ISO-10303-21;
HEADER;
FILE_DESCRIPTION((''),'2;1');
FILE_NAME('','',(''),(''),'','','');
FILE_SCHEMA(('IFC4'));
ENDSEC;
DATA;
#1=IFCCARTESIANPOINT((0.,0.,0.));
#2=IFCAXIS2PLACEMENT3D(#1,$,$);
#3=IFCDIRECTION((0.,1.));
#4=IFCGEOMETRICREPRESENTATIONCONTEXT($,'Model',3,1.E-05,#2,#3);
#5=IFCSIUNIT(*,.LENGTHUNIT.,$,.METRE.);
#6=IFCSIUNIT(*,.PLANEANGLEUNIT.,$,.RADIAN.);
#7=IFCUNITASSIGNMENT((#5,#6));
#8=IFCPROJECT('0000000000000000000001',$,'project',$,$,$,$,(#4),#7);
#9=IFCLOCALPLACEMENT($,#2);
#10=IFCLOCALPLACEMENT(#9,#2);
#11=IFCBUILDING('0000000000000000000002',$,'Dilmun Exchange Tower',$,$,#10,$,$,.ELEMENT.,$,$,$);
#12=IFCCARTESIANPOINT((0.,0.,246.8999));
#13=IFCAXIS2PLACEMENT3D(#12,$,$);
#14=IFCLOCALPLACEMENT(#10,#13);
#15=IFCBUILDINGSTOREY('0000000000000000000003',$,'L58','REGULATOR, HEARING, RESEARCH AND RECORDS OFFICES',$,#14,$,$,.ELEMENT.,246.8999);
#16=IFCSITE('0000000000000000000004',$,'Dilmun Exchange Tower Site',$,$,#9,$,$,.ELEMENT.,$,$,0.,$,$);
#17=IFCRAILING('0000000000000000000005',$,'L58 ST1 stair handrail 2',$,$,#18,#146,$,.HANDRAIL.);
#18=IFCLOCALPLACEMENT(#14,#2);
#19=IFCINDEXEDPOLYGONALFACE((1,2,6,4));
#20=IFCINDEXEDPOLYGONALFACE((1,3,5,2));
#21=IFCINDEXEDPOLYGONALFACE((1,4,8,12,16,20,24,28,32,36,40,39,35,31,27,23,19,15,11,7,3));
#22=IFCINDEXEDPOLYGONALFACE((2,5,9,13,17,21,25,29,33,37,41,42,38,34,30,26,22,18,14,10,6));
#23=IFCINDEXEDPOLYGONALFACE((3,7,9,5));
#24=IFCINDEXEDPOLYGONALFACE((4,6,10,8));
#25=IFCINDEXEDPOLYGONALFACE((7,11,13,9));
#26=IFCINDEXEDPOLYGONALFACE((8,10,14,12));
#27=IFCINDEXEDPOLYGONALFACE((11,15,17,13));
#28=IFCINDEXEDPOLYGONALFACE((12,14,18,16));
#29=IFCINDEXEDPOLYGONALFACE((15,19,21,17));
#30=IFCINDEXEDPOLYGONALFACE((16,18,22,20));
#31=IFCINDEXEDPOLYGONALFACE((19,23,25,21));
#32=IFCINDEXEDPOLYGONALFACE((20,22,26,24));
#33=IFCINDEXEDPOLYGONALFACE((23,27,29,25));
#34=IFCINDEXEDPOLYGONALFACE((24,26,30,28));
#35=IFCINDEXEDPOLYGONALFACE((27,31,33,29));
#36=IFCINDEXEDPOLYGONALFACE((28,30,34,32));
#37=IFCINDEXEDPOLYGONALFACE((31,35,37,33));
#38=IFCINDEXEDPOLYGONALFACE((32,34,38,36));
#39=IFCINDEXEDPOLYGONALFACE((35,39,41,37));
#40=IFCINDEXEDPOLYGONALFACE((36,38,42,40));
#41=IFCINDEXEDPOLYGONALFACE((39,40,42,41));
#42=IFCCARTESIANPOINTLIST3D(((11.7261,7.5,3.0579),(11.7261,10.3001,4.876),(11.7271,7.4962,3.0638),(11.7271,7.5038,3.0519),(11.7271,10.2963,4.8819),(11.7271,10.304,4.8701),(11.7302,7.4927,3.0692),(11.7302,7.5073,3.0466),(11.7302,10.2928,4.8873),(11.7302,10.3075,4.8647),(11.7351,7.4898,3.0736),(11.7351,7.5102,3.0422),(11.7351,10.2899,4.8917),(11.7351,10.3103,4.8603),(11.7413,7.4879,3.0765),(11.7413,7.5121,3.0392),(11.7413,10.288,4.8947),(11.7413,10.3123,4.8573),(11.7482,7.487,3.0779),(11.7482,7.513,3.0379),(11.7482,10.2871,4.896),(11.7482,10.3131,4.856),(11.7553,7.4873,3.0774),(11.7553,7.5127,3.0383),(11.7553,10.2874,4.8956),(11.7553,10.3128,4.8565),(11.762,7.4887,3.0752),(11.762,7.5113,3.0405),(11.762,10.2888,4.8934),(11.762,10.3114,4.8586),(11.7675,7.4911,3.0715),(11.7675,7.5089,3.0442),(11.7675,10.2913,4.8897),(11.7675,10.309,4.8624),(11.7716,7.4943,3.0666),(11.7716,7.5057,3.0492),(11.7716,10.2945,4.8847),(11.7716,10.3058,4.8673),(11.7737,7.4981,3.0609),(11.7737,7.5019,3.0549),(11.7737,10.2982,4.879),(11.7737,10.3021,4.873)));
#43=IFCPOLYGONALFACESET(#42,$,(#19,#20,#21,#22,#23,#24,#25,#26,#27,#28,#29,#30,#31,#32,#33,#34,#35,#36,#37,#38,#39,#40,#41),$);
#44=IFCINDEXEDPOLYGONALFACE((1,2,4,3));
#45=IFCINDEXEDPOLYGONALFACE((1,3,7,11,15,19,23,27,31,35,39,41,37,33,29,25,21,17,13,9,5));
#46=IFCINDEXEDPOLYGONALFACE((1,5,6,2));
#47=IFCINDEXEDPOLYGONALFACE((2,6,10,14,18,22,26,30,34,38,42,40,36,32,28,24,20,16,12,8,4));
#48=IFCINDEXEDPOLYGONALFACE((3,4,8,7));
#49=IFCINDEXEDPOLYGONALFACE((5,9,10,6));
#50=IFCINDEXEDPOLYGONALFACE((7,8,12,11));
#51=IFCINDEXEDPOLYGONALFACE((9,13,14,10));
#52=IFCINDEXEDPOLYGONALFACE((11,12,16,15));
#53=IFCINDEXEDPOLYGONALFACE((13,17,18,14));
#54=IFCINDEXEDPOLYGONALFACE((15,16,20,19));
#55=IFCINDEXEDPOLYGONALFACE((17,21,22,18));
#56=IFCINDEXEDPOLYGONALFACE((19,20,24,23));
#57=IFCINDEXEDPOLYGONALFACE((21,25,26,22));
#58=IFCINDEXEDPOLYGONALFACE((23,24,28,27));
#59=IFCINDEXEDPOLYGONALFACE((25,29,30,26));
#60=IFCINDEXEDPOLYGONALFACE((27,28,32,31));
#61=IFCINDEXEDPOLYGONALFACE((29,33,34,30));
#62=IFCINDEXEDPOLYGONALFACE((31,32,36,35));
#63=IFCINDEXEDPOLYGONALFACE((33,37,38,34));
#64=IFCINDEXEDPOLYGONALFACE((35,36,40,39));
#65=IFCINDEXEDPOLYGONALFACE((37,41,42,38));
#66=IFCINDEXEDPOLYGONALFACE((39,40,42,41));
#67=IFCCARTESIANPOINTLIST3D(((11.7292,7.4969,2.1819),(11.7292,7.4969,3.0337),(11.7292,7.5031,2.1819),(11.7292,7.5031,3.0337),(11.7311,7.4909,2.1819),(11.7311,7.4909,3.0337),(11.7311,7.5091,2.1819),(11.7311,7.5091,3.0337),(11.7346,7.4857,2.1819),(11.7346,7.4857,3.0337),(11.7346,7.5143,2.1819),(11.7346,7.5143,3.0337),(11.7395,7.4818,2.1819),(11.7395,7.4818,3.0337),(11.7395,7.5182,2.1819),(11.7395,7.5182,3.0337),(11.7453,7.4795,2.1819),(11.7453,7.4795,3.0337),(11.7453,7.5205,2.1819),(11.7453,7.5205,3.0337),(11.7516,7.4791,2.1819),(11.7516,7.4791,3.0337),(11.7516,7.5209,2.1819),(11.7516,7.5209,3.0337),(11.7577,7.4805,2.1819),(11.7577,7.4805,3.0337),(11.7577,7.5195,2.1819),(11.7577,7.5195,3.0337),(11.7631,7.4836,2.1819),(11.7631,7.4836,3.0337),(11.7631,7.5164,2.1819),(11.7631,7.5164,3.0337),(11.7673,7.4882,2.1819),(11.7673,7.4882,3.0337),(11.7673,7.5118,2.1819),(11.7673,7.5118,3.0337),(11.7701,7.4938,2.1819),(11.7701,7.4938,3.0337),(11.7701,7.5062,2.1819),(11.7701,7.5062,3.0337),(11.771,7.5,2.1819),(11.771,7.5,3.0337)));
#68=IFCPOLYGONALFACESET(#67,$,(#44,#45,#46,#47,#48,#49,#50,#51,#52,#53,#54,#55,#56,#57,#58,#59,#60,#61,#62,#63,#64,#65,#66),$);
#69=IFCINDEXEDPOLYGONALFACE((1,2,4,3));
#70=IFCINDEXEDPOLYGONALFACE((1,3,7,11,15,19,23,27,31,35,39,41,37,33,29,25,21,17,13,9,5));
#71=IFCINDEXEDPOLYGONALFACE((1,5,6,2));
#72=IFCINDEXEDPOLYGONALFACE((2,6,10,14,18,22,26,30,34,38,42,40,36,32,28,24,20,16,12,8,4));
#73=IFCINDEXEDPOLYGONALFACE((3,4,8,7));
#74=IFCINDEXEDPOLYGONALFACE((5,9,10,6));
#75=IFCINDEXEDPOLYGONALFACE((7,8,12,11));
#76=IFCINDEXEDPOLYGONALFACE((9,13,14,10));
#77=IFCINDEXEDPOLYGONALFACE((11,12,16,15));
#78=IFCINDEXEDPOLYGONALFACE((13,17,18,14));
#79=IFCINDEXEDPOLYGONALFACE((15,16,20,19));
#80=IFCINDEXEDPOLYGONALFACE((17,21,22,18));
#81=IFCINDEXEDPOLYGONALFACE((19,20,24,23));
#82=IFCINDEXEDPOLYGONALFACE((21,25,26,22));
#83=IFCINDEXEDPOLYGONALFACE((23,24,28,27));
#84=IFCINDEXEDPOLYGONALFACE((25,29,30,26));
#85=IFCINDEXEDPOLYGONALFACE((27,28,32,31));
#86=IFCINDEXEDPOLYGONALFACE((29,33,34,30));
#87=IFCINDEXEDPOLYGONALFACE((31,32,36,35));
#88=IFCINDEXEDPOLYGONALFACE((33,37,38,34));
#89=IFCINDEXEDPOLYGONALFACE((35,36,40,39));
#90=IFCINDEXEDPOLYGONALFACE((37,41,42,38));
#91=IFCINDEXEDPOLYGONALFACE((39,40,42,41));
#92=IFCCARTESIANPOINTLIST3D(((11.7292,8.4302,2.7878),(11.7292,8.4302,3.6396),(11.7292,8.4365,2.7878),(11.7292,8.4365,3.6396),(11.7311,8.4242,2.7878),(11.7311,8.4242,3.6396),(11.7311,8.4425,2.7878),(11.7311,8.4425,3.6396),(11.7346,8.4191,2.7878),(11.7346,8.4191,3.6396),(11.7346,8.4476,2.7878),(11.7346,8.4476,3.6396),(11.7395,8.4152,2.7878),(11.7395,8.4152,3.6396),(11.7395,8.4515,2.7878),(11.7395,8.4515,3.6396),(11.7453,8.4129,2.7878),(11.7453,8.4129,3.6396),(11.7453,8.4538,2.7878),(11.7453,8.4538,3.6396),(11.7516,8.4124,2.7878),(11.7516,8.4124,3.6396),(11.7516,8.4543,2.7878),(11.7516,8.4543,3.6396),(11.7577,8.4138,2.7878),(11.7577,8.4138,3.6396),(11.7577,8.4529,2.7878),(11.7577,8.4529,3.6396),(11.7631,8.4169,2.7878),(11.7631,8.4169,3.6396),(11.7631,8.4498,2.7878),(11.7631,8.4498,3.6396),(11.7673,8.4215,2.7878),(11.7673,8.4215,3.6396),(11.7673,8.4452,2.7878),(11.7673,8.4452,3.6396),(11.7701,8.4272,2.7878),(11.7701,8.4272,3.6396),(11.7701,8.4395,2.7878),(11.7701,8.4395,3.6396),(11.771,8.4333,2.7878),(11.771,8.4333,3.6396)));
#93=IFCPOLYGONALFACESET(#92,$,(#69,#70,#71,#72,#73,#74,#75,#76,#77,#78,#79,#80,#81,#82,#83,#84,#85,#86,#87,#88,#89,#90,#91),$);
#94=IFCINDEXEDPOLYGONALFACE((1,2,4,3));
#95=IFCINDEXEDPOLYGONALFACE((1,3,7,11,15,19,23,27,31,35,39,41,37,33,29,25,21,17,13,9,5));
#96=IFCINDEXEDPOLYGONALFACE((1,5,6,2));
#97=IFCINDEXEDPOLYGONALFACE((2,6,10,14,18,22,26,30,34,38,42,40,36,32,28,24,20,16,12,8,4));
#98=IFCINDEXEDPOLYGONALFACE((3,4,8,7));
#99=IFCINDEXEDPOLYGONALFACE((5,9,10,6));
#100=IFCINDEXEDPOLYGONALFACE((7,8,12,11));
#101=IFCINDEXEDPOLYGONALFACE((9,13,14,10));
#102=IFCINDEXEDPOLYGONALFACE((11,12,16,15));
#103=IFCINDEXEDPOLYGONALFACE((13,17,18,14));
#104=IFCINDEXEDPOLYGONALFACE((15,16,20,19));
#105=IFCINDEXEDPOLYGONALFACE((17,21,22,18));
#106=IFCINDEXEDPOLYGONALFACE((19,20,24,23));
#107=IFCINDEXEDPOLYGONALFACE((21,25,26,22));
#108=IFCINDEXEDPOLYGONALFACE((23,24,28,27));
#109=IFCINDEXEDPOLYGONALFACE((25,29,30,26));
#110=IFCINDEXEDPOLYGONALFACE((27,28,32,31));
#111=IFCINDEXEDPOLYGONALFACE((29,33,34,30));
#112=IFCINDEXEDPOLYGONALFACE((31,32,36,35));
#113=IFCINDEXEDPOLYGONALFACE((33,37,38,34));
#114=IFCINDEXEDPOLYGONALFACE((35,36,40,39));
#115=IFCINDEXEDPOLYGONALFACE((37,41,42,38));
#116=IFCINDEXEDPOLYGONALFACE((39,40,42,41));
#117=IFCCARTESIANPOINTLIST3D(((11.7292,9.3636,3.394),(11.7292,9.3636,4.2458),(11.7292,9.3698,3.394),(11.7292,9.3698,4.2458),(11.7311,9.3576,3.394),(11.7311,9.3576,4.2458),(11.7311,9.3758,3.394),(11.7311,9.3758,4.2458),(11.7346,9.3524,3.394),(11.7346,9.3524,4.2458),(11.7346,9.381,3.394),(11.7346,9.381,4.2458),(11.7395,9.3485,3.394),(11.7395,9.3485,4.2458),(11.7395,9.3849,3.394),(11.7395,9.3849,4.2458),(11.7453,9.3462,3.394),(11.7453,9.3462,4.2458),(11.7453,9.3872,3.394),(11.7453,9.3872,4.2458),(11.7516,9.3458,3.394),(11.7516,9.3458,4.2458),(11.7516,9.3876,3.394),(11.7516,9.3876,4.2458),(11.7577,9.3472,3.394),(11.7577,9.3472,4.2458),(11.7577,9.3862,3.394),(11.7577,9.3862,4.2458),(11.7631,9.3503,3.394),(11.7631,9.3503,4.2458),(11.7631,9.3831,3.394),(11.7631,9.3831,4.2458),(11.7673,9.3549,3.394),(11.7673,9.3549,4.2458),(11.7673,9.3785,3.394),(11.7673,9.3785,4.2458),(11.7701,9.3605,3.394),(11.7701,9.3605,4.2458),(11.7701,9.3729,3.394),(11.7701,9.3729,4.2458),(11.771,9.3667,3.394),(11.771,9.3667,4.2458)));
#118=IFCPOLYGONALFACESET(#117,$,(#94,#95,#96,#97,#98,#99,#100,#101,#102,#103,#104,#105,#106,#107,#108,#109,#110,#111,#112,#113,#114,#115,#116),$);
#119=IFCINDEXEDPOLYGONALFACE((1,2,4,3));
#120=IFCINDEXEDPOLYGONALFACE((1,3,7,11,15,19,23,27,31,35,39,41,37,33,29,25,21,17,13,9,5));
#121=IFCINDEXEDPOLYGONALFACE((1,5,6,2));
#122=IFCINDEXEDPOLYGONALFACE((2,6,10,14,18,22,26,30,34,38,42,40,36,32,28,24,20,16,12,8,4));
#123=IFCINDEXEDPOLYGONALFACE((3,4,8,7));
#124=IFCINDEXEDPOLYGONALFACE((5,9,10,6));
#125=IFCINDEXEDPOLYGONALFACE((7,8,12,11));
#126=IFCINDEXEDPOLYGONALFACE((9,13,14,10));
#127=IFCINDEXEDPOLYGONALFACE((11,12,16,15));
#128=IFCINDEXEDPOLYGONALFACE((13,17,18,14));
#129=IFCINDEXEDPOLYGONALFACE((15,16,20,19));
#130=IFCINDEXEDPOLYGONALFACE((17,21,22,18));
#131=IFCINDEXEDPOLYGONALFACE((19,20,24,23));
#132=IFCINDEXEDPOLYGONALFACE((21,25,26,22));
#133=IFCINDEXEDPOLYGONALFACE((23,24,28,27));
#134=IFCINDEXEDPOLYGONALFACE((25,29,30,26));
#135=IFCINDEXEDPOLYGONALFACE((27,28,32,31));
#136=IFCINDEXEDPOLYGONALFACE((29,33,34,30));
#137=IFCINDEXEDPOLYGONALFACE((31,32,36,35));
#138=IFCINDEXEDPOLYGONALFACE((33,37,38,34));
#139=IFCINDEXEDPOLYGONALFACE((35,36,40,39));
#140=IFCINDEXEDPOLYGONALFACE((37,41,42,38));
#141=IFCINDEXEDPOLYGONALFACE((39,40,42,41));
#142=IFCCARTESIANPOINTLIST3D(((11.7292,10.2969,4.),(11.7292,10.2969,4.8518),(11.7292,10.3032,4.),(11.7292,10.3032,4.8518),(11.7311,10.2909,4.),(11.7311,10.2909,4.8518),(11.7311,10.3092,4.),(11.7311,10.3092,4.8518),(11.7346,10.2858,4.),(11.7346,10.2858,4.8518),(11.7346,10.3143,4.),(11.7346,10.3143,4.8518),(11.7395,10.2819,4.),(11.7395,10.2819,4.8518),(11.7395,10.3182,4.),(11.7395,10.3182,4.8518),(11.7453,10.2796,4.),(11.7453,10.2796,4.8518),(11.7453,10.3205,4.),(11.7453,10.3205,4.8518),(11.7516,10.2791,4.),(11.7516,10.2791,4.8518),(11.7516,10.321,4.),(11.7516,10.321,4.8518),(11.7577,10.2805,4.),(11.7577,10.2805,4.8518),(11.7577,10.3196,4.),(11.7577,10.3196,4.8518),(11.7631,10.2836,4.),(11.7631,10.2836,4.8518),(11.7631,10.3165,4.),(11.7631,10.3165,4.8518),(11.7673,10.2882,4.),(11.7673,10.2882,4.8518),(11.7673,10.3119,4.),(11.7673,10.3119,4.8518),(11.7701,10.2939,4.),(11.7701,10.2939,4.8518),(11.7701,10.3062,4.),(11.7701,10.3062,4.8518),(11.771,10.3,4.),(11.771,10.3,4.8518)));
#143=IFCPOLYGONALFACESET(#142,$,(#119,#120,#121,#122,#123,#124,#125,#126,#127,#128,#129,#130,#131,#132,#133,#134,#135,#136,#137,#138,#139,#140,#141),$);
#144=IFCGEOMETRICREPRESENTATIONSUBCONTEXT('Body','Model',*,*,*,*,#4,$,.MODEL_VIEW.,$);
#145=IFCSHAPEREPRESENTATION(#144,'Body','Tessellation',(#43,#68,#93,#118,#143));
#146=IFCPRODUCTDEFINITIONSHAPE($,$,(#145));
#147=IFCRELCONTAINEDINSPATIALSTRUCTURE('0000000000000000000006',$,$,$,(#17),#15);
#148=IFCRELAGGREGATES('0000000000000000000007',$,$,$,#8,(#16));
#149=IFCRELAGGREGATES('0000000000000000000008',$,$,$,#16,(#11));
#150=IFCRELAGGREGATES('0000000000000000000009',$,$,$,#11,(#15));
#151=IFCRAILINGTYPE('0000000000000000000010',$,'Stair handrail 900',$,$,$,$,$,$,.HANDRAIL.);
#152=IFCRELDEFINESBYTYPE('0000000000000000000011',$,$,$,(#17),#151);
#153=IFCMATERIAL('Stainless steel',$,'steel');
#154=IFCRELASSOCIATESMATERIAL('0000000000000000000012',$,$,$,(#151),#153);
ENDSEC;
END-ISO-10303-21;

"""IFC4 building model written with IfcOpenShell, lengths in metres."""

from ifc_helpers import new_model, si_unit, direction, frame, origin, origin_2d, place, context, subcontext, project, spatial, circle, extrude, material, type_object, element, save


model = new_model("IFC4")

# Units and contexts
model_context = context("Model", 3, precision=1e-05, world=origin(), true_north=direction((0.0, 1.0)))
body_context = subcontext(model_context, "Body", "Model", "MODEL_VIEW")
ifc_project = project(units=[si_unit("LENGTHUNIT", "METRE"), si_unit("PLANEANGLEUNIT", "RADIAN")], contexts=[model_context])

# Site, building, storey
site_placement = place(None, origin())
site = spatial("IfcSite", under=ifc_project, at=site_placement, Name="Dilmun Exchange Tower Site", CompositionType="ELEMENT", RefElevation=0.0)
building_placement = place(site_placement, origin())
building = spatial("IfcBuilding", under=site, at=building_placement, Name="Dilmun Exchange Tower", CompositionType="ELEMENT")
storey_placement = place(building_placement, frame((0.0, 0.0, 246.8999)))
storey = spatial("IfcBuildingStorey", under=building, at=storey_placement, Name="L58", Description="REGULATOR, HEARING, RESEARCH AND RECORDS OFFICES", CompositionType="ELEMENT", Elevation=246.8999)

# Railing
ifc_material_1 = material(Name="Stainless steel", Category="steel")
railing_type = type_object("IfcRailingType", Name="Stair handrail 900", PredefinedType="HANDRAIL", material=ifc_material_1)
railing_1_placement = place(storey_placement, frame((11.75, 7.5, 2.1819)))
element("IfcRailing", 1, at=railing_1_placement, inside=storey, type_object=railing_type, Name="L58 ST1 stair handrail 2", PredefinedType="HANDRAIL", context=body_context, shape_type="SweptSolid", body=[
    extrude(circle(Radius=0.0239, at=origin_2d()), frame((0.0, 0.0, 0.876), z_axis=(0.0, 0.838706, 0.544585), x_axis=(-1.0, 0.0, 0.0)), (0.0, 0.0, 1.0), 3.3386),
    extrude(circle(Radius=0.021, at=origin_2d()), origin(), (0.0, 0.0, 1.0), 0.8518),
    extrude(circle(Radius=0.021, at=origin_2d()), frame((0.0, 0.9333, 0.606)), (0.0, 0.0, 1.0), 0.8518),
    extrude(circle(Radius=0.021, at=origin_2d()), frame((0.0, 1.8667, 1.2122)), (0.0, 0.0, 1.0), 0.8518),
    extrude(circle(Radius=0.021, at=origin_2d()), frame((0.0, 2.8, 1.8181)), (0.0, 0.0, 1.0), 0.8518),
])

save(model, "model.ifc")
